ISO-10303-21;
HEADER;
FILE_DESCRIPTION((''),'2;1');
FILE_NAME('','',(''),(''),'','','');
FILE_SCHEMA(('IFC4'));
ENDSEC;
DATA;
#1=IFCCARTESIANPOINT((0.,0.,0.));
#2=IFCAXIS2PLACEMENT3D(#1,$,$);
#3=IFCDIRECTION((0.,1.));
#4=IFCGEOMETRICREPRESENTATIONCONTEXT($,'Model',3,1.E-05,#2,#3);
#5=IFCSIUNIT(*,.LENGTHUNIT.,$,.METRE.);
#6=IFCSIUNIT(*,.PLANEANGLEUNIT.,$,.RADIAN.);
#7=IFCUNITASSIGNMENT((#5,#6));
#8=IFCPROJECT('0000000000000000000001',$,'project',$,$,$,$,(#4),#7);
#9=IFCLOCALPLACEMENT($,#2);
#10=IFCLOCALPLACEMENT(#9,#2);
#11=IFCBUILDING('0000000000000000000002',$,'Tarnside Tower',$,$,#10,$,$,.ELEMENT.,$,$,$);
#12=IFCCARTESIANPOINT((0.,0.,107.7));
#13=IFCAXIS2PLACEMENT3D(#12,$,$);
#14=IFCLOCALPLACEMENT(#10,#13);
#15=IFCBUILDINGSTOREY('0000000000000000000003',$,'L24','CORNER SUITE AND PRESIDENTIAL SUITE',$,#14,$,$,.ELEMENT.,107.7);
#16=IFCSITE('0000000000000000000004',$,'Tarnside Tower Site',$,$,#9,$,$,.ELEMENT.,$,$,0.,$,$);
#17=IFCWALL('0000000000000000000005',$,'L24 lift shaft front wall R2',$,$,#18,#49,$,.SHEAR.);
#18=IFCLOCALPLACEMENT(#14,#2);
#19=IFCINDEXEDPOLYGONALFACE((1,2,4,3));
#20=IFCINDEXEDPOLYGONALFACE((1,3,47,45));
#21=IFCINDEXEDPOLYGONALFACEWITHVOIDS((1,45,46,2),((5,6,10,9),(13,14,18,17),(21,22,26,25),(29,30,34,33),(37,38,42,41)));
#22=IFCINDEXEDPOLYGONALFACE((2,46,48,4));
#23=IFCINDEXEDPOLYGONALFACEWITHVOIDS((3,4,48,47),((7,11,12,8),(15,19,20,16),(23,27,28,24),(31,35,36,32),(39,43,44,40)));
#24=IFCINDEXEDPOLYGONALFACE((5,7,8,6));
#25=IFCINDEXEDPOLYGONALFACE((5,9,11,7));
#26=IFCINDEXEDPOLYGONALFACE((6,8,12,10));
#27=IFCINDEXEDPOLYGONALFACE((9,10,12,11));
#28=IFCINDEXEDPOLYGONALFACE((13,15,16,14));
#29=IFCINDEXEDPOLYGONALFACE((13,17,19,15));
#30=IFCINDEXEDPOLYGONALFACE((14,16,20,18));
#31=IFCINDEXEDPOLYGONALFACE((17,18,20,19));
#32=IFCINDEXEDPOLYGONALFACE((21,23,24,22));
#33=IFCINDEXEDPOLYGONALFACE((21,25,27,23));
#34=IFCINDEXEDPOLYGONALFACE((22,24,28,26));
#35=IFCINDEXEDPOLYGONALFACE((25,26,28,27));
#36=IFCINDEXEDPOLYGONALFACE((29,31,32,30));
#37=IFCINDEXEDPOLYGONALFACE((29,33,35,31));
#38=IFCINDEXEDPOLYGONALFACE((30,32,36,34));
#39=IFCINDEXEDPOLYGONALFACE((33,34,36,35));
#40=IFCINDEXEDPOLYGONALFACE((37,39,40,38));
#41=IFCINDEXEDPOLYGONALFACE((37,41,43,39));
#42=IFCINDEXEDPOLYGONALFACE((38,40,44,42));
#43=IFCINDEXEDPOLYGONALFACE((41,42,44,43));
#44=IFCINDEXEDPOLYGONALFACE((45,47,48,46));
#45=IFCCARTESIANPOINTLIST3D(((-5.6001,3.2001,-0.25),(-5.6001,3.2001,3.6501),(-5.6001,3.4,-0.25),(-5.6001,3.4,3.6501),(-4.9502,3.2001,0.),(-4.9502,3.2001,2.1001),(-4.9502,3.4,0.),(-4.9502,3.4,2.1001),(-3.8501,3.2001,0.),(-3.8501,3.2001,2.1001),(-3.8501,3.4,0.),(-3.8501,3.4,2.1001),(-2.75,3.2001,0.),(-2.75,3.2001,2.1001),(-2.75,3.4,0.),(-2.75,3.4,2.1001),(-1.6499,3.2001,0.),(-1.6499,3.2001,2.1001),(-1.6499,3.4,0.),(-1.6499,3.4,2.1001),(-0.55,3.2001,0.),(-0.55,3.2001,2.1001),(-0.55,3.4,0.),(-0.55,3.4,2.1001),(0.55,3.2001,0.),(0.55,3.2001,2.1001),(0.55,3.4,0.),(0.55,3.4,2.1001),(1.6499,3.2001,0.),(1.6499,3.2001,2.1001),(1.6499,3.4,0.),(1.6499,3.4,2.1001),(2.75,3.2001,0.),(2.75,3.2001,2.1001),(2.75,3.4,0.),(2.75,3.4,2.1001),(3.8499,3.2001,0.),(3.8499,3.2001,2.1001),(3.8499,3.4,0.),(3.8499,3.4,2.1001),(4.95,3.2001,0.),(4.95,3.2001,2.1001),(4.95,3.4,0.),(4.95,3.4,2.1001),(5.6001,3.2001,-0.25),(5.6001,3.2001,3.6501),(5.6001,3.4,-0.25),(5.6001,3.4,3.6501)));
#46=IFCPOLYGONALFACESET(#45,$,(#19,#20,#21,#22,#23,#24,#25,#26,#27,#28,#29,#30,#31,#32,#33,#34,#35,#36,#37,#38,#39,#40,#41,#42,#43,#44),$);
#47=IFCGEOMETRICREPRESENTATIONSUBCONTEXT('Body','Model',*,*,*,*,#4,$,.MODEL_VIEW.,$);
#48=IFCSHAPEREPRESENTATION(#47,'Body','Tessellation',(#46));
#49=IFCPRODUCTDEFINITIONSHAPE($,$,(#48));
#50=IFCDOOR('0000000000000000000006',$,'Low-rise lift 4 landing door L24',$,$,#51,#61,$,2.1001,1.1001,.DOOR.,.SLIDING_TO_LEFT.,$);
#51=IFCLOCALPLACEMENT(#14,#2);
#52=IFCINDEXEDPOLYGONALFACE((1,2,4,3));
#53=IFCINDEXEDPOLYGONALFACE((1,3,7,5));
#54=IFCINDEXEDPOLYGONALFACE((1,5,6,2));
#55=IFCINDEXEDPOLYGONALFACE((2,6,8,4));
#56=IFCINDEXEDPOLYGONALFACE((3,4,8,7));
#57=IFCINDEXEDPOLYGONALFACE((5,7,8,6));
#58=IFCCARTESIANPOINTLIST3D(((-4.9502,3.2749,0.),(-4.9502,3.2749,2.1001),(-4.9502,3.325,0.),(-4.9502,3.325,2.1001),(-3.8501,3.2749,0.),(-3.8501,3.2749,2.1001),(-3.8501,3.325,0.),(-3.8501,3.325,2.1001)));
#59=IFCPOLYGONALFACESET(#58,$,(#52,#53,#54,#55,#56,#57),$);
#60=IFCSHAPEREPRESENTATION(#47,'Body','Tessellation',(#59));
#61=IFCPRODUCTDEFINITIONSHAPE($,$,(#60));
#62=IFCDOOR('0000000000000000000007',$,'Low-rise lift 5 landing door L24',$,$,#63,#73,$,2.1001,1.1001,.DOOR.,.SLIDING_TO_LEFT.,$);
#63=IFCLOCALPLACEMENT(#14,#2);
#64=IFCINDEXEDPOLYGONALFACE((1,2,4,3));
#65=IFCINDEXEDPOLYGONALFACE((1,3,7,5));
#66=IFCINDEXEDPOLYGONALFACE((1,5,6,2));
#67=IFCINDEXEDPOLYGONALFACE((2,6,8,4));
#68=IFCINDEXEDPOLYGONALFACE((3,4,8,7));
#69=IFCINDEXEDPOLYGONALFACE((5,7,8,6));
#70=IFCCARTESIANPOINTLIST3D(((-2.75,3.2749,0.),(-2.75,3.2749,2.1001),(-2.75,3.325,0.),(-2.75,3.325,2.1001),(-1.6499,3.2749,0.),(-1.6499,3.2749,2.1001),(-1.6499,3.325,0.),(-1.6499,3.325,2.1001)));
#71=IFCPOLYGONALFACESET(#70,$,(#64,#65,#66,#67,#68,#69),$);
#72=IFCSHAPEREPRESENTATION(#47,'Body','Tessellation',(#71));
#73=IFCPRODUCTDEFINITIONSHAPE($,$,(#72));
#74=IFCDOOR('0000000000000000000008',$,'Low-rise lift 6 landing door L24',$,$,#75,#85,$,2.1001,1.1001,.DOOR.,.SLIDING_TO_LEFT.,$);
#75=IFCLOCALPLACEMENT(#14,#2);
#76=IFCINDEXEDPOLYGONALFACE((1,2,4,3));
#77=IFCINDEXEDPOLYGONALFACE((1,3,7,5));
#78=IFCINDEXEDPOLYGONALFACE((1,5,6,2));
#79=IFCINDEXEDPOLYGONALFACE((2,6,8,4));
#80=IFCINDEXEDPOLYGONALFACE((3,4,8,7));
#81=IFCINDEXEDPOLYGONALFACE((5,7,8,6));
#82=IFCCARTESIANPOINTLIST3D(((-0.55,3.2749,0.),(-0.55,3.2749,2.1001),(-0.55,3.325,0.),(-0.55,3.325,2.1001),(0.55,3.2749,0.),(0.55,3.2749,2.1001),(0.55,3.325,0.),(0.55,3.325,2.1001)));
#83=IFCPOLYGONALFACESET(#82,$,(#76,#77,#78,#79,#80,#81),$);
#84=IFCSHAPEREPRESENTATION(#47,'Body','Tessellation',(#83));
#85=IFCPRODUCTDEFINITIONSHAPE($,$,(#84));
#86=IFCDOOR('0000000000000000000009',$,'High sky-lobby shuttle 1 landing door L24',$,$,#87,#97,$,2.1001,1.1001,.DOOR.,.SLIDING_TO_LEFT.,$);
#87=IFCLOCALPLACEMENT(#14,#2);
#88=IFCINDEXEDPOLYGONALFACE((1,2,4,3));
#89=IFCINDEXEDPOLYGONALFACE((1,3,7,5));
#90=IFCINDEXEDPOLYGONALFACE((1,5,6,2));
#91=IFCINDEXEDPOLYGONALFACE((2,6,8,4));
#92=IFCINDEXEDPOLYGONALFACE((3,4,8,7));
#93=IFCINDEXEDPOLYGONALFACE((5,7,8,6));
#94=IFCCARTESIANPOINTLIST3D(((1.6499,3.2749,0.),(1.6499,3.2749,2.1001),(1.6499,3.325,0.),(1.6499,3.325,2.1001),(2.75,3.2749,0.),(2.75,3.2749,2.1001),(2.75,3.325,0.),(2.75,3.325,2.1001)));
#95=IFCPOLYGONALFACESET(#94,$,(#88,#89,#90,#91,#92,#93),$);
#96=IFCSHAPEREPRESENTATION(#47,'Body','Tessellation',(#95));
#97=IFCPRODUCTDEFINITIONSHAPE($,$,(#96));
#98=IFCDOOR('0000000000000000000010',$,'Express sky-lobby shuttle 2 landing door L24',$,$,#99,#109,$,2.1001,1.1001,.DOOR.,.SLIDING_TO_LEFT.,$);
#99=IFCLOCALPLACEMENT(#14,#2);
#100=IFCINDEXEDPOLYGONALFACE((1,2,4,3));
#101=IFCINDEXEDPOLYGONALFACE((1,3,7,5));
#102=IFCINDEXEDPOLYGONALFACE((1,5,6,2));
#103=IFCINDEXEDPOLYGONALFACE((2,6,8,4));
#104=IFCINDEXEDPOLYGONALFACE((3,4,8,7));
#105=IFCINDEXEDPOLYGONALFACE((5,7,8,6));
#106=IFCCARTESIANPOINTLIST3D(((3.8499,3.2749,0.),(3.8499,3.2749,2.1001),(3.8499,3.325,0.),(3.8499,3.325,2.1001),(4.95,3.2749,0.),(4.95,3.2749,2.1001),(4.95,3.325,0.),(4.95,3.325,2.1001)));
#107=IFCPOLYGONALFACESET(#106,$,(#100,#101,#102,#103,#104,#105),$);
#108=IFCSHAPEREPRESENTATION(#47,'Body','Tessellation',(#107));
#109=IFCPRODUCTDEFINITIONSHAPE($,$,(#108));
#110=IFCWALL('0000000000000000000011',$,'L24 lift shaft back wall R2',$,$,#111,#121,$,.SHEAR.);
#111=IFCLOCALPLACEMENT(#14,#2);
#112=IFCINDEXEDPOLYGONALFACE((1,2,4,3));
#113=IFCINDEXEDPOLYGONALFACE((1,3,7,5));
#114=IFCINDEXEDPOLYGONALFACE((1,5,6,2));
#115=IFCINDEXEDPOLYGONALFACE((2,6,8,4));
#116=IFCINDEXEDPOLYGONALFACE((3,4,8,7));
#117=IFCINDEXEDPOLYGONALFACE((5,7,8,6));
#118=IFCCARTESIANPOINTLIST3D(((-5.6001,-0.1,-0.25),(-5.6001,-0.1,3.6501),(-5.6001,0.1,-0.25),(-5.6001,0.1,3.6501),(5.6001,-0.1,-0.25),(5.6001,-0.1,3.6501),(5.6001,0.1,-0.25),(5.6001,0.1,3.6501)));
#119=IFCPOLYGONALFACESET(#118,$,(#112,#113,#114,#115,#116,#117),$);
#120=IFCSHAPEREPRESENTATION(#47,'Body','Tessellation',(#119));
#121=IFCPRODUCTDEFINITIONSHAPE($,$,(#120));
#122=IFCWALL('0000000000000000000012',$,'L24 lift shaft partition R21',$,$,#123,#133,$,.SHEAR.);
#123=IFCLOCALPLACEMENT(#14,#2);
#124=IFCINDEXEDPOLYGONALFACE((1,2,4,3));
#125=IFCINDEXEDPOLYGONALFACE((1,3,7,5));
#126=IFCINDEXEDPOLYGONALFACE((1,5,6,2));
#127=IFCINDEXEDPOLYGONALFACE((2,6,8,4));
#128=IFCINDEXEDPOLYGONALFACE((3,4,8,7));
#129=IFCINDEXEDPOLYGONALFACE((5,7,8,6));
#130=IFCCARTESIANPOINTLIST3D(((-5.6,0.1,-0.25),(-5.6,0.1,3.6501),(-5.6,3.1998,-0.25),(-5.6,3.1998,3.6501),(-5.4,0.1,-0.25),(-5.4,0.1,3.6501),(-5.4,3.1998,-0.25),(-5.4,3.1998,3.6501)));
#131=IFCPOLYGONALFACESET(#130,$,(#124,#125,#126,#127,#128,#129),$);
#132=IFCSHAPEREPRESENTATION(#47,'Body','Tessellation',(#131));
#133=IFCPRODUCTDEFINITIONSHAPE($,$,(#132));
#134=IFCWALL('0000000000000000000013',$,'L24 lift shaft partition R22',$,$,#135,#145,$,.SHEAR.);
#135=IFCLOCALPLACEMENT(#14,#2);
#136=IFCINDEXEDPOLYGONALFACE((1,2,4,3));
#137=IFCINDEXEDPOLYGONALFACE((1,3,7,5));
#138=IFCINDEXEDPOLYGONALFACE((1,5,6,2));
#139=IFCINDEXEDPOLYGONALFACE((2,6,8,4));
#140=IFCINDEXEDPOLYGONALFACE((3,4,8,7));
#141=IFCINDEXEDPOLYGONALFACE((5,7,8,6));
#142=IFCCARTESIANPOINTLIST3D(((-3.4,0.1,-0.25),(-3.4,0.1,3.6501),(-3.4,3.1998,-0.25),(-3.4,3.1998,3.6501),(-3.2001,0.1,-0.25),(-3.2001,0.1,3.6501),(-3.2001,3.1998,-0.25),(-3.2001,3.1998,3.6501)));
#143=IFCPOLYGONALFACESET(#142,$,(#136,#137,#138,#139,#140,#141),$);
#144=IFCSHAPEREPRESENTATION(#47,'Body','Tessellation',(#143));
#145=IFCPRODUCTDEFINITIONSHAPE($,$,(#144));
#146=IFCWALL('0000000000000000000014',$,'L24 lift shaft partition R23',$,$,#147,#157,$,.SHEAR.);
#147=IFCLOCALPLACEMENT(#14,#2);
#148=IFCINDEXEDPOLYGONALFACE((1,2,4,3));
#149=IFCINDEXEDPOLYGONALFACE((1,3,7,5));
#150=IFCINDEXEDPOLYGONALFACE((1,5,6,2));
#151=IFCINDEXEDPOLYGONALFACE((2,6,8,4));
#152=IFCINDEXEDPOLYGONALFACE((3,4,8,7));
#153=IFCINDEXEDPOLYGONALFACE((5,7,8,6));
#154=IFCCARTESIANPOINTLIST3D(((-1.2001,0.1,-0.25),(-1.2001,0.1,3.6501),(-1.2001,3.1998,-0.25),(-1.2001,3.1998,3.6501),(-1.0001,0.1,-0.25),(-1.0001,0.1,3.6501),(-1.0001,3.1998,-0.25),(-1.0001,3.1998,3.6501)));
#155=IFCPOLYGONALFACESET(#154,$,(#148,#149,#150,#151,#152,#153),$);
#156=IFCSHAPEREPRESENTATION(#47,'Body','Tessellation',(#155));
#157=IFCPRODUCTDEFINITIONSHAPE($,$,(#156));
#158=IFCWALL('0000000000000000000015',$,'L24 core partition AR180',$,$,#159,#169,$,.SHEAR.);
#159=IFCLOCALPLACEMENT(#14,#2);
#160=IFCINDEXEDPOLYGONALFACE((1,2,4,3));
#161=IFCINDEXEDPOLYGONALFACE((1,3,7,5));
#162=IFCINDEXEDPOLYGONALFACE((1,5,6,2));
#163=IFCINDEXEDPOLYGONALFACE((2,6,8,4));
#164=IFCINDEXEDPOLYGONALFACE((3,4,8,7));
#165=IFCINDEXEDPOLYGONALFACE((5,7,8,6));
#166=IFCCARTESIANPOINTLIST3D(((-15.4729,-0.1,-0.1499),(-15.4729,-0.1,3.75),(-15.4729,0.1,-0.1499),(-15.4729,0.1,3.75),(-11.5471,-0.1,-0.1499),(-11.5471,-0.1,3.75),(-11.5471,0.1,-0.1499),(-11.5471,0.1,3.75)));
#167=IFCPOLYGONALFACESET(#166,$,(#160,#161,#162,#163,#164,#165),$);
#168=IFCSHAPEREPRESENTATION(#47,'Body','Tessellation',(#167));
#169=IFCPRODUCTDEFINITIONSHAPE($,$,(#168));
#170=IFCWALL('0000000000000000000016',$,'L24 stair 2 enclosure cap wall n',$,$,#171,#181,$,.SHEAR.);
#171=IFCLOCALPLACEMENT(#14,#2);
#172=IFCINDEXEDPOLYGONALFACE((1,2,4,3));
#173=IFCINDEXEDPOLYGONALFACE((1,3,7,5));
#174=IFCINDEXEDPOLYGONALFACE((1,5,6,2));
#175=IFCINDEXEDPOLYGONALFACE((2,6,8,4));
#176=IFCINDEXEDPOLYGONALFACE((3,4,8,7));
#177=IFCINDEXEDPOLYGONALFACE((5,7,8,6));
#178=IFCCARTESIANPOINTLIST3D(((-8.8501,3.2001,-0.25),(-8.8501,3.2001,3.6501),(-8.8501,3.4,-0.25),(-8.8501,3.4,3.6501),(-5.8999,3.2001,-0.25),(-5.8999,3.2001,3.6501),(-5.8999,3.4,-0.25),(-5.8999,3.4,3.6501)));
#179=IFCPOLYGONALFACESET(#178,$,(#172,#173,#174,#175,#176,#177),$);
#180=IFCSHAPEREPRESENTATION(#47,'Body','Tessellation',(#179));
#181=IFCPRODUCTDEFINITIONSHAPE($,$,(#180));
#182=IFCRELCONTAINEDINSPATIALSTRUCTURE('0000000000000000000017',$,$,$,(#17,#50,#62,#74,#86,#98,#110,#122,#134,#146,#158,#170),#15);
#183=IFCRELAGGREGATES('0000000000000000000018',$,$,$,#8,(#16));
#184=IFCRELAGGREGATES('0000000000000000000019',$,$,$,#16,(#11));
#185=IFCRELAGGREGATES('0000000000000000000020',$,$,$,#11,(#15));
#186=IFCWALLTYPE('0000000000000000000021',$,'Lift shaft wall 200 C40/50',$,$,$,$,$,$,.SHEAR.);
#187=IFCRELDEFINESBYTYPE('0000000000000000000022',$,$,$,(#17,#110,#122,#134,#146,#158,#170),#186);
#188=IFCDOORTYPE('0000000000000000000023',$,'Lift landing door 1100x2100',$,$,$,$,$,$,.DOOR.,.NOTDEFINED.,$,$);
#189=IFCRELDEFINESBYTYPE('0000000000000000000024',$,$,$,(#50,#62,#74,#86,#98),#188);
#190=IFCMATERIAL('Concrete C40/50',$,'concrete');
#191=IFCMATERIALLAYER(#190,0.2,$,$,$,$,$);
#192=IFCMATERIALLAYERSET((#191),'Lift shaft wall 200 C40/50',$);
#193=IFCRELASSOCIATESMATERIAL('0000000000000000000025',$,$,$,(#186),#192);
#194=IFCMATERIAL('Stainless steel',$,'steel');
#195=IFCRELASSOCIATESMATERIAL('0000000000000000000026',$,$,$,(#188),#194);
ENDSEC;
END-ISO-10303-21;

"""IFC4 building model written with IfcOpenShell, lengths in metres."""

from ifc_helpers import new_model, si_unit, direction, frame, frame_2d, origin, place, context, subcontext, project, spatial, rectangle, extrude, material, layer, layer_set, type_object, element, fill, save


model = new_model("IFC4")

# Units and contexts
model_context = context("Model", 3, precision=1e-05, world=origin(), true_north=direction((0.0, 1.0)))
body_context = subcontext(model_context, "Body", "Model", "MODEL_VIEW")
ifc_project = project(units=[si_unit("LENGTHUNIT", "METRE"), si_unit("PLANEANGLEUNIT", "RADIAN")], contexts=[model_context])

# Site, building, storey
site_placement = place(None, origin())
site = spatial("IfcSite", under=ifc_project, at=site_placement, Name="Tarnside Tower Site", CompositionType="ELEMENT", RefElevation=0.0)
building_placement = place(site_placement, origin())
building = spatial("IfcBuilding", under=site, at=building_placement, Name="Tarnside Tower", CompositionType="ELEMENT")
storey_placement = place(building_placement, frame((0.0, 0.0, 107.7)))
storey = spatial("IfcBuildingStorey", under=building, at=storey_placement, Name="L24", Description="CORNER SUITE AND PRESIDENTIAL SUITE", CompositionType="ELEMENT", Elevation=107.7)

# Shared definitions
ifc_material_1 = material(Name="Concrete C40/50", Category="concrete")

# Shared definitions
ifc_layer_1 = layer(ifc_material_1, 0.2)
ifc_layer_set_1 = layer_set([ifc_layer_1], Name="Lift shaft wall 200 C40/50")
wall_type_1 = type_object("IfcWallType", Name="Lift shaft wall 200 C40/50", PredefinedType="SHEAR", material=ifc_layer_set_1)
ifc_material_2 = material(Name="Stainless steel", Category="steel")
door_type_1 = type_object("IfcDoorType", Name="Lift landing door 1100x2100", OperationType="NOTDEFINED", PredefinedType="DOOR", material=ifc_material_2)

# Wall, openings, doors
wall_1_placement = place(storey_placement, frame((-5.6001, 3.3, -0.25), z_axis=(0.0, 0.0, 1.0), x_axis=(1.0, 0.0, 0.0)))
wall_1 = element("IfcWall", 1, at=wall_1_placement, inside=storey, type_object=wall_type_1, Name="L24 lift shaft front wall R2", PredefinedType="SHEAR", context=body_context, shape_type="SweptSolid", body=[
    extrude(rectangle(XDim=11.2002, YDim=0.2, at=frame_2d((5.6001, 0.0))), origin(), (0.0, 0.0, 1.0), 3.9001),
])
opening_1_placement = place(wall_1_placement, frame((0.6499, 0.0, 0.25)))
opening_1 = element("IfcOpeningElement", 2, at=opening_1_placement, cuts=wall_1, PredefinedType="OPENING", context=body_context, shape_type="SweptSolid", body=[
    extrude(rectangle(XDim=1.1001, YDim=2.1001, at=frame_2d((0.55, 1.05))), frame((0.0, 0.1099, 0.0), z_axis=(0.0, -1.0, 0.0), x_axis=(1.0, 0.0, 0.0)), (0.0, 0.0, 1.0), 0.22),
])
opening_2_placement = place(wall_1_placement, frame((2.8501, 0.0, 0.25)))
opening_2 = element("IfcOpeningElement", 3, at=opening_2_placement, cuts=wall_1, PredefinedType="OPENING", context=body_context, shape_type="SweptSolid", body=[
    extrude(rectangle(XDim=1.1001, YDim=2.1001, at=frame_2d((0.55, 1.05))), frame((0.0, 0.1099, 0.0), z_axis=(0.0, -1.0, 0.0), x_axis=(1.0, 0.0, 0.0)), (0.0, 0.0, 1.0), 0.22),
])
opening_3_placement = place(wall_1_placement, frame((5.05, 0.0, 0.25)))
opening_3 = element("IfcOpeningElement", 4, at=opening_3_placement, cuts=wall_1, PredefinedType="OPENING", context=body_context, shape_type="SweptSolid", body=[
    extrude(rectangle(XDim=1.1001, YDim=2.1001, at=frame_2d((0.55, 1.05))), frame((0.0, 0.1099, 0.0), z_axis=(0.0, -1.0, 0.0), x_axis=(1.0, 0.0, 0.0)), (0.0, 0.0, 1.0), 0.22),
])
opening_4_placement = place(wall_1_placement, frame((7.25, 0.0, 0.25)))
opening_4 = element("IfcOpeningElement", 5, at=opening_4_placement, cuts=wall_1, PredefinedType="OPENING", context=body_context, shape_type="SweptSolid", body=[
    extrude(rectangle(XDim=1.1001, YDim=2.1001, at=frame_2d((0.55, 1.05))), frame((0.0, 0.1099, 0.0), z_axis=(0.0, -1.0, 0.0), x_axis=(1.0, 0.0, 0.0)), (0.0, 0.0, 1.0), 0.22),
])
opening_5_placement = place(wall_1_placement, frame((9.45, 0.0, 0.25)))
opening_5 = element("IfcOpeningElement", 6, at=opening_5_placement, cuts=wall_1, PredefinedType="OPENING", context=body_context, shape_type="SweptSolid", body=[
    extrude(rectangle(XDim=1.1001, YDim=2.1001, at=frame_2d((0.55, 1.05))), frame((0.0, 0.1099, 0.0), z_axis=(0.0, -1.0, 0.0), x_axis=(1.0, 0.0, 0.0)), (0.0, 0.0, 1.0), 0.22),
])
door_1_placement = place(opening_1_placement, origin())
door_1 = element("IfcDoor", 7, at=door_1_placement, inside=storey, type_object=door_type_1, Name="Low-rise lift 4 landing door L24", OperationType="SLIDING_TO_LEFT", OverallHeight=2.1001, OverallWidth=1.1001, PredefinedType="DOOR", context=body_context, shape_type="SweptSolid", body=[
    extrude(rectangle(XDim=1.1001, YDim=2.1001, at=frame_2d((0.55, 1.05))), frame((0.0, 0.0249, 0.0), z_axis=(0.0, -1.0, 0.0), x_axis=(1.0, 0.0, 0.0)), (0.0, 0.0, 1.0), 0.05),
])
fill(opening_1, door_1)
door_2_placement = place(opening_2_placement, origin())
door_2 = element("IfcDoor", 8, at=door_2_placement, inside=storey, type_object=door_type_1, Name="Low-rise lift 5 landing door L24", OperationType="SLIDING_TO_LEFT", OverallHeight=2.1001, OverallWidth=1.1001, PredefinedType="DOOR", context=body_context, shape_type="SweptSolid", body=[
    extrude(rectangle(XDim=1.1001, YDim=2.1001, at=frame_2d((0.55, 1.05))), frame((0.0, 0.0249, 0.0), z_axis=(0.0, -1.0, 0.0), x_axis=(1.0, 0.0, 0.0)), (0.0, 0.0, 1.0), 0.05),
])
fill(opening_2, door_2)
door_3_placement = place(opening_3_placement, origin())
door_3 = element("IfcDoor", 9, at=door_3_placement, inside=storey, type_object=door_type_1, Name="Low-rise lift 6 landing door L24", OperationType="SLIDING_TO_LEFT", OverallHeight=2.1001, OverallWidth=1.1001, PredefinedType="DOOR", context=body_context, shape_type="SweptSolid", body=[
    extrude(rectangle(XDim=1.1001, YDim=2.1001, at=frame_2d((0.55, 1.05))), frame((0.0, 0.0249, 0.0), z_axis=(0.0, -1.0, 0.0), x_axis=(1.0, 0.0, 0.0)), (0.0, 0.0, 1.0), 0.05),
])
fill(opening_3, door_3)
door_4_placement = place(opening_4_placement, origin())
door_4 = element("IfcDoor", 10, at=door_4_placement, inside=storey, type_object=door_type_1, Name="High sky-lobby shuttle 1 landing door L24", OperationType="SLIDING_TO_LEFT", OverallHeight=2.1001, OverallWidth=1.1001, PredefinedType="DOOR", context=body_context, shape_type="SweptSolid", body=[
    extrude(rectangle(XDim=1.1001, YDim=2.1001, at=frame_2d((0.55, 1.05))), frame((0.0, 0.0249, 0.0), z_axis=(0.0, -1.0, 0.0), x_axis=(1.0, 0.0, 0.0)), (0.0, 0.0, 1.0), 0.05),
])
fill(opening_4, door_4)
door_5_placement = place(opening_5_placement, origin())
door_5 = element("IfcDoor", 11, at=door_5_placement, inside=storey, type_object=door_type_1, Name="Express sky-lobby shuttle 2 landing door L24", OperationType="SLIDING_TO_LEFT", OverallHeight=2.1001, OverallWidth=1.1001, PredefinedType="DOOR", context=body_context, shape_type="SweptSolid", body=[
    extrude(rectangle(XDim=1.1001, YDim=2.1001, at=frame_2d((0.55, 1.05))), frame((0.0, 0.0249, 0.0), z_axis=(0.0, -1.0, 0.0), x_axis=(1.0, 0.0, 0.0)), (0.0, 0.0, 1.0), 0.05),
])
fill(opening_5, door_5)

# Walls
wall_2_placement = place(storey_placement, frame((-5.6001, 0.0, -0.25), z_axis=(0.0, 0.0, 1.0), x_axis=(1.0, 0.0, 0.0)))
element("IfcWall", 12, at=wall_2_placement, inside=storey, type_object=wall_type_1, Name="L24 lift shaft back wall R2", PredefinedType="SHEAR", context=body_context, shape_type="SweptSolid", body=[
    extrude(rectangle(XDim=11.2002, YDim=0.2, at=frame_2d((5.6001, 0.0))), origin(), (0.0, 0.0, 1.0), 3.9001),
])
for number, where, z_axis, x_axis, name in (
    (13, (-5.5, 0.1001, -0.25), (0.0, 0.0, 1.0), (0.0, 1.0, 0.0), "L24 lift shaft partition R21"),
    (14, (-3.3, 0.1001, -0.25), (0.0, 0.0, 1.0), (0.0, 1.0, 0.0), "L24 lift shaft partition R22"),
    (15, (-1.1001, 0.1001, -0.25), (0.0, 0.0, 1.0), (0.0, 1.0, 0.0), "L24 lift shaft partition R23"),
):
    element("IfcWall", number, at=place(storey_placement, frame(where, z_axis=z_axis, x_axis=x_axis)), inside=storey, type_object=wall_type_1, Name=name, PredefinedType="SHEAR", context=body_context, shape_type="SweptSolid", body=[
        extrude(rectangle(XDim=3.0999, YDim=0.2, at=frame_2d((1.5498, 0.0))), origin(), (0.0, 0.0, 1.0), 3.9001),
    ])
wall_3_placement = place(storey_placement, frame((-11.5471, 0.0, -0.1499), z_axis=(0.0, 0.0, 1.0), x_axis=(-1.0, 0.0, 0.0)))
element("IfcWall", 16, at=wall_3_placement, inside=storey, type_object=wall_type_1, Name="L24 core partition AR180", PredefinedType="SHEAR", context=body_context, shape_type="SweptSolid", body=[
    extrude(rectangle(XDim=3.9258, YDim=0.2, at=frame_2d((1.9629, 0.0))), origin(), (0.0, 0.0, 1.0), 3.8999),
])
wall_4_placement = place(storey_placement, frame((-8.8501, 3.3, -0.25), z_axis=(0.0, 0.0, 1.0), x_axis=(1.0, 0.0, 0.0)))
element("IfcWall", 17, at=wall_4_placement, inside=storey, type_object=wall_type_1, Name="L24 stair 2 enclosure cap wall n", PredefinedType="SHEAR", context=body_context, shape_type="SweptSolid", body=[
    extrude(rectangle(XDim=2.9502, YDim=0.2, at=frame_2d((1.4751, 0.0))), origin(), (0.0, 0.0, 1.0), 3.9001),
])

save(model, "model.ifc")
